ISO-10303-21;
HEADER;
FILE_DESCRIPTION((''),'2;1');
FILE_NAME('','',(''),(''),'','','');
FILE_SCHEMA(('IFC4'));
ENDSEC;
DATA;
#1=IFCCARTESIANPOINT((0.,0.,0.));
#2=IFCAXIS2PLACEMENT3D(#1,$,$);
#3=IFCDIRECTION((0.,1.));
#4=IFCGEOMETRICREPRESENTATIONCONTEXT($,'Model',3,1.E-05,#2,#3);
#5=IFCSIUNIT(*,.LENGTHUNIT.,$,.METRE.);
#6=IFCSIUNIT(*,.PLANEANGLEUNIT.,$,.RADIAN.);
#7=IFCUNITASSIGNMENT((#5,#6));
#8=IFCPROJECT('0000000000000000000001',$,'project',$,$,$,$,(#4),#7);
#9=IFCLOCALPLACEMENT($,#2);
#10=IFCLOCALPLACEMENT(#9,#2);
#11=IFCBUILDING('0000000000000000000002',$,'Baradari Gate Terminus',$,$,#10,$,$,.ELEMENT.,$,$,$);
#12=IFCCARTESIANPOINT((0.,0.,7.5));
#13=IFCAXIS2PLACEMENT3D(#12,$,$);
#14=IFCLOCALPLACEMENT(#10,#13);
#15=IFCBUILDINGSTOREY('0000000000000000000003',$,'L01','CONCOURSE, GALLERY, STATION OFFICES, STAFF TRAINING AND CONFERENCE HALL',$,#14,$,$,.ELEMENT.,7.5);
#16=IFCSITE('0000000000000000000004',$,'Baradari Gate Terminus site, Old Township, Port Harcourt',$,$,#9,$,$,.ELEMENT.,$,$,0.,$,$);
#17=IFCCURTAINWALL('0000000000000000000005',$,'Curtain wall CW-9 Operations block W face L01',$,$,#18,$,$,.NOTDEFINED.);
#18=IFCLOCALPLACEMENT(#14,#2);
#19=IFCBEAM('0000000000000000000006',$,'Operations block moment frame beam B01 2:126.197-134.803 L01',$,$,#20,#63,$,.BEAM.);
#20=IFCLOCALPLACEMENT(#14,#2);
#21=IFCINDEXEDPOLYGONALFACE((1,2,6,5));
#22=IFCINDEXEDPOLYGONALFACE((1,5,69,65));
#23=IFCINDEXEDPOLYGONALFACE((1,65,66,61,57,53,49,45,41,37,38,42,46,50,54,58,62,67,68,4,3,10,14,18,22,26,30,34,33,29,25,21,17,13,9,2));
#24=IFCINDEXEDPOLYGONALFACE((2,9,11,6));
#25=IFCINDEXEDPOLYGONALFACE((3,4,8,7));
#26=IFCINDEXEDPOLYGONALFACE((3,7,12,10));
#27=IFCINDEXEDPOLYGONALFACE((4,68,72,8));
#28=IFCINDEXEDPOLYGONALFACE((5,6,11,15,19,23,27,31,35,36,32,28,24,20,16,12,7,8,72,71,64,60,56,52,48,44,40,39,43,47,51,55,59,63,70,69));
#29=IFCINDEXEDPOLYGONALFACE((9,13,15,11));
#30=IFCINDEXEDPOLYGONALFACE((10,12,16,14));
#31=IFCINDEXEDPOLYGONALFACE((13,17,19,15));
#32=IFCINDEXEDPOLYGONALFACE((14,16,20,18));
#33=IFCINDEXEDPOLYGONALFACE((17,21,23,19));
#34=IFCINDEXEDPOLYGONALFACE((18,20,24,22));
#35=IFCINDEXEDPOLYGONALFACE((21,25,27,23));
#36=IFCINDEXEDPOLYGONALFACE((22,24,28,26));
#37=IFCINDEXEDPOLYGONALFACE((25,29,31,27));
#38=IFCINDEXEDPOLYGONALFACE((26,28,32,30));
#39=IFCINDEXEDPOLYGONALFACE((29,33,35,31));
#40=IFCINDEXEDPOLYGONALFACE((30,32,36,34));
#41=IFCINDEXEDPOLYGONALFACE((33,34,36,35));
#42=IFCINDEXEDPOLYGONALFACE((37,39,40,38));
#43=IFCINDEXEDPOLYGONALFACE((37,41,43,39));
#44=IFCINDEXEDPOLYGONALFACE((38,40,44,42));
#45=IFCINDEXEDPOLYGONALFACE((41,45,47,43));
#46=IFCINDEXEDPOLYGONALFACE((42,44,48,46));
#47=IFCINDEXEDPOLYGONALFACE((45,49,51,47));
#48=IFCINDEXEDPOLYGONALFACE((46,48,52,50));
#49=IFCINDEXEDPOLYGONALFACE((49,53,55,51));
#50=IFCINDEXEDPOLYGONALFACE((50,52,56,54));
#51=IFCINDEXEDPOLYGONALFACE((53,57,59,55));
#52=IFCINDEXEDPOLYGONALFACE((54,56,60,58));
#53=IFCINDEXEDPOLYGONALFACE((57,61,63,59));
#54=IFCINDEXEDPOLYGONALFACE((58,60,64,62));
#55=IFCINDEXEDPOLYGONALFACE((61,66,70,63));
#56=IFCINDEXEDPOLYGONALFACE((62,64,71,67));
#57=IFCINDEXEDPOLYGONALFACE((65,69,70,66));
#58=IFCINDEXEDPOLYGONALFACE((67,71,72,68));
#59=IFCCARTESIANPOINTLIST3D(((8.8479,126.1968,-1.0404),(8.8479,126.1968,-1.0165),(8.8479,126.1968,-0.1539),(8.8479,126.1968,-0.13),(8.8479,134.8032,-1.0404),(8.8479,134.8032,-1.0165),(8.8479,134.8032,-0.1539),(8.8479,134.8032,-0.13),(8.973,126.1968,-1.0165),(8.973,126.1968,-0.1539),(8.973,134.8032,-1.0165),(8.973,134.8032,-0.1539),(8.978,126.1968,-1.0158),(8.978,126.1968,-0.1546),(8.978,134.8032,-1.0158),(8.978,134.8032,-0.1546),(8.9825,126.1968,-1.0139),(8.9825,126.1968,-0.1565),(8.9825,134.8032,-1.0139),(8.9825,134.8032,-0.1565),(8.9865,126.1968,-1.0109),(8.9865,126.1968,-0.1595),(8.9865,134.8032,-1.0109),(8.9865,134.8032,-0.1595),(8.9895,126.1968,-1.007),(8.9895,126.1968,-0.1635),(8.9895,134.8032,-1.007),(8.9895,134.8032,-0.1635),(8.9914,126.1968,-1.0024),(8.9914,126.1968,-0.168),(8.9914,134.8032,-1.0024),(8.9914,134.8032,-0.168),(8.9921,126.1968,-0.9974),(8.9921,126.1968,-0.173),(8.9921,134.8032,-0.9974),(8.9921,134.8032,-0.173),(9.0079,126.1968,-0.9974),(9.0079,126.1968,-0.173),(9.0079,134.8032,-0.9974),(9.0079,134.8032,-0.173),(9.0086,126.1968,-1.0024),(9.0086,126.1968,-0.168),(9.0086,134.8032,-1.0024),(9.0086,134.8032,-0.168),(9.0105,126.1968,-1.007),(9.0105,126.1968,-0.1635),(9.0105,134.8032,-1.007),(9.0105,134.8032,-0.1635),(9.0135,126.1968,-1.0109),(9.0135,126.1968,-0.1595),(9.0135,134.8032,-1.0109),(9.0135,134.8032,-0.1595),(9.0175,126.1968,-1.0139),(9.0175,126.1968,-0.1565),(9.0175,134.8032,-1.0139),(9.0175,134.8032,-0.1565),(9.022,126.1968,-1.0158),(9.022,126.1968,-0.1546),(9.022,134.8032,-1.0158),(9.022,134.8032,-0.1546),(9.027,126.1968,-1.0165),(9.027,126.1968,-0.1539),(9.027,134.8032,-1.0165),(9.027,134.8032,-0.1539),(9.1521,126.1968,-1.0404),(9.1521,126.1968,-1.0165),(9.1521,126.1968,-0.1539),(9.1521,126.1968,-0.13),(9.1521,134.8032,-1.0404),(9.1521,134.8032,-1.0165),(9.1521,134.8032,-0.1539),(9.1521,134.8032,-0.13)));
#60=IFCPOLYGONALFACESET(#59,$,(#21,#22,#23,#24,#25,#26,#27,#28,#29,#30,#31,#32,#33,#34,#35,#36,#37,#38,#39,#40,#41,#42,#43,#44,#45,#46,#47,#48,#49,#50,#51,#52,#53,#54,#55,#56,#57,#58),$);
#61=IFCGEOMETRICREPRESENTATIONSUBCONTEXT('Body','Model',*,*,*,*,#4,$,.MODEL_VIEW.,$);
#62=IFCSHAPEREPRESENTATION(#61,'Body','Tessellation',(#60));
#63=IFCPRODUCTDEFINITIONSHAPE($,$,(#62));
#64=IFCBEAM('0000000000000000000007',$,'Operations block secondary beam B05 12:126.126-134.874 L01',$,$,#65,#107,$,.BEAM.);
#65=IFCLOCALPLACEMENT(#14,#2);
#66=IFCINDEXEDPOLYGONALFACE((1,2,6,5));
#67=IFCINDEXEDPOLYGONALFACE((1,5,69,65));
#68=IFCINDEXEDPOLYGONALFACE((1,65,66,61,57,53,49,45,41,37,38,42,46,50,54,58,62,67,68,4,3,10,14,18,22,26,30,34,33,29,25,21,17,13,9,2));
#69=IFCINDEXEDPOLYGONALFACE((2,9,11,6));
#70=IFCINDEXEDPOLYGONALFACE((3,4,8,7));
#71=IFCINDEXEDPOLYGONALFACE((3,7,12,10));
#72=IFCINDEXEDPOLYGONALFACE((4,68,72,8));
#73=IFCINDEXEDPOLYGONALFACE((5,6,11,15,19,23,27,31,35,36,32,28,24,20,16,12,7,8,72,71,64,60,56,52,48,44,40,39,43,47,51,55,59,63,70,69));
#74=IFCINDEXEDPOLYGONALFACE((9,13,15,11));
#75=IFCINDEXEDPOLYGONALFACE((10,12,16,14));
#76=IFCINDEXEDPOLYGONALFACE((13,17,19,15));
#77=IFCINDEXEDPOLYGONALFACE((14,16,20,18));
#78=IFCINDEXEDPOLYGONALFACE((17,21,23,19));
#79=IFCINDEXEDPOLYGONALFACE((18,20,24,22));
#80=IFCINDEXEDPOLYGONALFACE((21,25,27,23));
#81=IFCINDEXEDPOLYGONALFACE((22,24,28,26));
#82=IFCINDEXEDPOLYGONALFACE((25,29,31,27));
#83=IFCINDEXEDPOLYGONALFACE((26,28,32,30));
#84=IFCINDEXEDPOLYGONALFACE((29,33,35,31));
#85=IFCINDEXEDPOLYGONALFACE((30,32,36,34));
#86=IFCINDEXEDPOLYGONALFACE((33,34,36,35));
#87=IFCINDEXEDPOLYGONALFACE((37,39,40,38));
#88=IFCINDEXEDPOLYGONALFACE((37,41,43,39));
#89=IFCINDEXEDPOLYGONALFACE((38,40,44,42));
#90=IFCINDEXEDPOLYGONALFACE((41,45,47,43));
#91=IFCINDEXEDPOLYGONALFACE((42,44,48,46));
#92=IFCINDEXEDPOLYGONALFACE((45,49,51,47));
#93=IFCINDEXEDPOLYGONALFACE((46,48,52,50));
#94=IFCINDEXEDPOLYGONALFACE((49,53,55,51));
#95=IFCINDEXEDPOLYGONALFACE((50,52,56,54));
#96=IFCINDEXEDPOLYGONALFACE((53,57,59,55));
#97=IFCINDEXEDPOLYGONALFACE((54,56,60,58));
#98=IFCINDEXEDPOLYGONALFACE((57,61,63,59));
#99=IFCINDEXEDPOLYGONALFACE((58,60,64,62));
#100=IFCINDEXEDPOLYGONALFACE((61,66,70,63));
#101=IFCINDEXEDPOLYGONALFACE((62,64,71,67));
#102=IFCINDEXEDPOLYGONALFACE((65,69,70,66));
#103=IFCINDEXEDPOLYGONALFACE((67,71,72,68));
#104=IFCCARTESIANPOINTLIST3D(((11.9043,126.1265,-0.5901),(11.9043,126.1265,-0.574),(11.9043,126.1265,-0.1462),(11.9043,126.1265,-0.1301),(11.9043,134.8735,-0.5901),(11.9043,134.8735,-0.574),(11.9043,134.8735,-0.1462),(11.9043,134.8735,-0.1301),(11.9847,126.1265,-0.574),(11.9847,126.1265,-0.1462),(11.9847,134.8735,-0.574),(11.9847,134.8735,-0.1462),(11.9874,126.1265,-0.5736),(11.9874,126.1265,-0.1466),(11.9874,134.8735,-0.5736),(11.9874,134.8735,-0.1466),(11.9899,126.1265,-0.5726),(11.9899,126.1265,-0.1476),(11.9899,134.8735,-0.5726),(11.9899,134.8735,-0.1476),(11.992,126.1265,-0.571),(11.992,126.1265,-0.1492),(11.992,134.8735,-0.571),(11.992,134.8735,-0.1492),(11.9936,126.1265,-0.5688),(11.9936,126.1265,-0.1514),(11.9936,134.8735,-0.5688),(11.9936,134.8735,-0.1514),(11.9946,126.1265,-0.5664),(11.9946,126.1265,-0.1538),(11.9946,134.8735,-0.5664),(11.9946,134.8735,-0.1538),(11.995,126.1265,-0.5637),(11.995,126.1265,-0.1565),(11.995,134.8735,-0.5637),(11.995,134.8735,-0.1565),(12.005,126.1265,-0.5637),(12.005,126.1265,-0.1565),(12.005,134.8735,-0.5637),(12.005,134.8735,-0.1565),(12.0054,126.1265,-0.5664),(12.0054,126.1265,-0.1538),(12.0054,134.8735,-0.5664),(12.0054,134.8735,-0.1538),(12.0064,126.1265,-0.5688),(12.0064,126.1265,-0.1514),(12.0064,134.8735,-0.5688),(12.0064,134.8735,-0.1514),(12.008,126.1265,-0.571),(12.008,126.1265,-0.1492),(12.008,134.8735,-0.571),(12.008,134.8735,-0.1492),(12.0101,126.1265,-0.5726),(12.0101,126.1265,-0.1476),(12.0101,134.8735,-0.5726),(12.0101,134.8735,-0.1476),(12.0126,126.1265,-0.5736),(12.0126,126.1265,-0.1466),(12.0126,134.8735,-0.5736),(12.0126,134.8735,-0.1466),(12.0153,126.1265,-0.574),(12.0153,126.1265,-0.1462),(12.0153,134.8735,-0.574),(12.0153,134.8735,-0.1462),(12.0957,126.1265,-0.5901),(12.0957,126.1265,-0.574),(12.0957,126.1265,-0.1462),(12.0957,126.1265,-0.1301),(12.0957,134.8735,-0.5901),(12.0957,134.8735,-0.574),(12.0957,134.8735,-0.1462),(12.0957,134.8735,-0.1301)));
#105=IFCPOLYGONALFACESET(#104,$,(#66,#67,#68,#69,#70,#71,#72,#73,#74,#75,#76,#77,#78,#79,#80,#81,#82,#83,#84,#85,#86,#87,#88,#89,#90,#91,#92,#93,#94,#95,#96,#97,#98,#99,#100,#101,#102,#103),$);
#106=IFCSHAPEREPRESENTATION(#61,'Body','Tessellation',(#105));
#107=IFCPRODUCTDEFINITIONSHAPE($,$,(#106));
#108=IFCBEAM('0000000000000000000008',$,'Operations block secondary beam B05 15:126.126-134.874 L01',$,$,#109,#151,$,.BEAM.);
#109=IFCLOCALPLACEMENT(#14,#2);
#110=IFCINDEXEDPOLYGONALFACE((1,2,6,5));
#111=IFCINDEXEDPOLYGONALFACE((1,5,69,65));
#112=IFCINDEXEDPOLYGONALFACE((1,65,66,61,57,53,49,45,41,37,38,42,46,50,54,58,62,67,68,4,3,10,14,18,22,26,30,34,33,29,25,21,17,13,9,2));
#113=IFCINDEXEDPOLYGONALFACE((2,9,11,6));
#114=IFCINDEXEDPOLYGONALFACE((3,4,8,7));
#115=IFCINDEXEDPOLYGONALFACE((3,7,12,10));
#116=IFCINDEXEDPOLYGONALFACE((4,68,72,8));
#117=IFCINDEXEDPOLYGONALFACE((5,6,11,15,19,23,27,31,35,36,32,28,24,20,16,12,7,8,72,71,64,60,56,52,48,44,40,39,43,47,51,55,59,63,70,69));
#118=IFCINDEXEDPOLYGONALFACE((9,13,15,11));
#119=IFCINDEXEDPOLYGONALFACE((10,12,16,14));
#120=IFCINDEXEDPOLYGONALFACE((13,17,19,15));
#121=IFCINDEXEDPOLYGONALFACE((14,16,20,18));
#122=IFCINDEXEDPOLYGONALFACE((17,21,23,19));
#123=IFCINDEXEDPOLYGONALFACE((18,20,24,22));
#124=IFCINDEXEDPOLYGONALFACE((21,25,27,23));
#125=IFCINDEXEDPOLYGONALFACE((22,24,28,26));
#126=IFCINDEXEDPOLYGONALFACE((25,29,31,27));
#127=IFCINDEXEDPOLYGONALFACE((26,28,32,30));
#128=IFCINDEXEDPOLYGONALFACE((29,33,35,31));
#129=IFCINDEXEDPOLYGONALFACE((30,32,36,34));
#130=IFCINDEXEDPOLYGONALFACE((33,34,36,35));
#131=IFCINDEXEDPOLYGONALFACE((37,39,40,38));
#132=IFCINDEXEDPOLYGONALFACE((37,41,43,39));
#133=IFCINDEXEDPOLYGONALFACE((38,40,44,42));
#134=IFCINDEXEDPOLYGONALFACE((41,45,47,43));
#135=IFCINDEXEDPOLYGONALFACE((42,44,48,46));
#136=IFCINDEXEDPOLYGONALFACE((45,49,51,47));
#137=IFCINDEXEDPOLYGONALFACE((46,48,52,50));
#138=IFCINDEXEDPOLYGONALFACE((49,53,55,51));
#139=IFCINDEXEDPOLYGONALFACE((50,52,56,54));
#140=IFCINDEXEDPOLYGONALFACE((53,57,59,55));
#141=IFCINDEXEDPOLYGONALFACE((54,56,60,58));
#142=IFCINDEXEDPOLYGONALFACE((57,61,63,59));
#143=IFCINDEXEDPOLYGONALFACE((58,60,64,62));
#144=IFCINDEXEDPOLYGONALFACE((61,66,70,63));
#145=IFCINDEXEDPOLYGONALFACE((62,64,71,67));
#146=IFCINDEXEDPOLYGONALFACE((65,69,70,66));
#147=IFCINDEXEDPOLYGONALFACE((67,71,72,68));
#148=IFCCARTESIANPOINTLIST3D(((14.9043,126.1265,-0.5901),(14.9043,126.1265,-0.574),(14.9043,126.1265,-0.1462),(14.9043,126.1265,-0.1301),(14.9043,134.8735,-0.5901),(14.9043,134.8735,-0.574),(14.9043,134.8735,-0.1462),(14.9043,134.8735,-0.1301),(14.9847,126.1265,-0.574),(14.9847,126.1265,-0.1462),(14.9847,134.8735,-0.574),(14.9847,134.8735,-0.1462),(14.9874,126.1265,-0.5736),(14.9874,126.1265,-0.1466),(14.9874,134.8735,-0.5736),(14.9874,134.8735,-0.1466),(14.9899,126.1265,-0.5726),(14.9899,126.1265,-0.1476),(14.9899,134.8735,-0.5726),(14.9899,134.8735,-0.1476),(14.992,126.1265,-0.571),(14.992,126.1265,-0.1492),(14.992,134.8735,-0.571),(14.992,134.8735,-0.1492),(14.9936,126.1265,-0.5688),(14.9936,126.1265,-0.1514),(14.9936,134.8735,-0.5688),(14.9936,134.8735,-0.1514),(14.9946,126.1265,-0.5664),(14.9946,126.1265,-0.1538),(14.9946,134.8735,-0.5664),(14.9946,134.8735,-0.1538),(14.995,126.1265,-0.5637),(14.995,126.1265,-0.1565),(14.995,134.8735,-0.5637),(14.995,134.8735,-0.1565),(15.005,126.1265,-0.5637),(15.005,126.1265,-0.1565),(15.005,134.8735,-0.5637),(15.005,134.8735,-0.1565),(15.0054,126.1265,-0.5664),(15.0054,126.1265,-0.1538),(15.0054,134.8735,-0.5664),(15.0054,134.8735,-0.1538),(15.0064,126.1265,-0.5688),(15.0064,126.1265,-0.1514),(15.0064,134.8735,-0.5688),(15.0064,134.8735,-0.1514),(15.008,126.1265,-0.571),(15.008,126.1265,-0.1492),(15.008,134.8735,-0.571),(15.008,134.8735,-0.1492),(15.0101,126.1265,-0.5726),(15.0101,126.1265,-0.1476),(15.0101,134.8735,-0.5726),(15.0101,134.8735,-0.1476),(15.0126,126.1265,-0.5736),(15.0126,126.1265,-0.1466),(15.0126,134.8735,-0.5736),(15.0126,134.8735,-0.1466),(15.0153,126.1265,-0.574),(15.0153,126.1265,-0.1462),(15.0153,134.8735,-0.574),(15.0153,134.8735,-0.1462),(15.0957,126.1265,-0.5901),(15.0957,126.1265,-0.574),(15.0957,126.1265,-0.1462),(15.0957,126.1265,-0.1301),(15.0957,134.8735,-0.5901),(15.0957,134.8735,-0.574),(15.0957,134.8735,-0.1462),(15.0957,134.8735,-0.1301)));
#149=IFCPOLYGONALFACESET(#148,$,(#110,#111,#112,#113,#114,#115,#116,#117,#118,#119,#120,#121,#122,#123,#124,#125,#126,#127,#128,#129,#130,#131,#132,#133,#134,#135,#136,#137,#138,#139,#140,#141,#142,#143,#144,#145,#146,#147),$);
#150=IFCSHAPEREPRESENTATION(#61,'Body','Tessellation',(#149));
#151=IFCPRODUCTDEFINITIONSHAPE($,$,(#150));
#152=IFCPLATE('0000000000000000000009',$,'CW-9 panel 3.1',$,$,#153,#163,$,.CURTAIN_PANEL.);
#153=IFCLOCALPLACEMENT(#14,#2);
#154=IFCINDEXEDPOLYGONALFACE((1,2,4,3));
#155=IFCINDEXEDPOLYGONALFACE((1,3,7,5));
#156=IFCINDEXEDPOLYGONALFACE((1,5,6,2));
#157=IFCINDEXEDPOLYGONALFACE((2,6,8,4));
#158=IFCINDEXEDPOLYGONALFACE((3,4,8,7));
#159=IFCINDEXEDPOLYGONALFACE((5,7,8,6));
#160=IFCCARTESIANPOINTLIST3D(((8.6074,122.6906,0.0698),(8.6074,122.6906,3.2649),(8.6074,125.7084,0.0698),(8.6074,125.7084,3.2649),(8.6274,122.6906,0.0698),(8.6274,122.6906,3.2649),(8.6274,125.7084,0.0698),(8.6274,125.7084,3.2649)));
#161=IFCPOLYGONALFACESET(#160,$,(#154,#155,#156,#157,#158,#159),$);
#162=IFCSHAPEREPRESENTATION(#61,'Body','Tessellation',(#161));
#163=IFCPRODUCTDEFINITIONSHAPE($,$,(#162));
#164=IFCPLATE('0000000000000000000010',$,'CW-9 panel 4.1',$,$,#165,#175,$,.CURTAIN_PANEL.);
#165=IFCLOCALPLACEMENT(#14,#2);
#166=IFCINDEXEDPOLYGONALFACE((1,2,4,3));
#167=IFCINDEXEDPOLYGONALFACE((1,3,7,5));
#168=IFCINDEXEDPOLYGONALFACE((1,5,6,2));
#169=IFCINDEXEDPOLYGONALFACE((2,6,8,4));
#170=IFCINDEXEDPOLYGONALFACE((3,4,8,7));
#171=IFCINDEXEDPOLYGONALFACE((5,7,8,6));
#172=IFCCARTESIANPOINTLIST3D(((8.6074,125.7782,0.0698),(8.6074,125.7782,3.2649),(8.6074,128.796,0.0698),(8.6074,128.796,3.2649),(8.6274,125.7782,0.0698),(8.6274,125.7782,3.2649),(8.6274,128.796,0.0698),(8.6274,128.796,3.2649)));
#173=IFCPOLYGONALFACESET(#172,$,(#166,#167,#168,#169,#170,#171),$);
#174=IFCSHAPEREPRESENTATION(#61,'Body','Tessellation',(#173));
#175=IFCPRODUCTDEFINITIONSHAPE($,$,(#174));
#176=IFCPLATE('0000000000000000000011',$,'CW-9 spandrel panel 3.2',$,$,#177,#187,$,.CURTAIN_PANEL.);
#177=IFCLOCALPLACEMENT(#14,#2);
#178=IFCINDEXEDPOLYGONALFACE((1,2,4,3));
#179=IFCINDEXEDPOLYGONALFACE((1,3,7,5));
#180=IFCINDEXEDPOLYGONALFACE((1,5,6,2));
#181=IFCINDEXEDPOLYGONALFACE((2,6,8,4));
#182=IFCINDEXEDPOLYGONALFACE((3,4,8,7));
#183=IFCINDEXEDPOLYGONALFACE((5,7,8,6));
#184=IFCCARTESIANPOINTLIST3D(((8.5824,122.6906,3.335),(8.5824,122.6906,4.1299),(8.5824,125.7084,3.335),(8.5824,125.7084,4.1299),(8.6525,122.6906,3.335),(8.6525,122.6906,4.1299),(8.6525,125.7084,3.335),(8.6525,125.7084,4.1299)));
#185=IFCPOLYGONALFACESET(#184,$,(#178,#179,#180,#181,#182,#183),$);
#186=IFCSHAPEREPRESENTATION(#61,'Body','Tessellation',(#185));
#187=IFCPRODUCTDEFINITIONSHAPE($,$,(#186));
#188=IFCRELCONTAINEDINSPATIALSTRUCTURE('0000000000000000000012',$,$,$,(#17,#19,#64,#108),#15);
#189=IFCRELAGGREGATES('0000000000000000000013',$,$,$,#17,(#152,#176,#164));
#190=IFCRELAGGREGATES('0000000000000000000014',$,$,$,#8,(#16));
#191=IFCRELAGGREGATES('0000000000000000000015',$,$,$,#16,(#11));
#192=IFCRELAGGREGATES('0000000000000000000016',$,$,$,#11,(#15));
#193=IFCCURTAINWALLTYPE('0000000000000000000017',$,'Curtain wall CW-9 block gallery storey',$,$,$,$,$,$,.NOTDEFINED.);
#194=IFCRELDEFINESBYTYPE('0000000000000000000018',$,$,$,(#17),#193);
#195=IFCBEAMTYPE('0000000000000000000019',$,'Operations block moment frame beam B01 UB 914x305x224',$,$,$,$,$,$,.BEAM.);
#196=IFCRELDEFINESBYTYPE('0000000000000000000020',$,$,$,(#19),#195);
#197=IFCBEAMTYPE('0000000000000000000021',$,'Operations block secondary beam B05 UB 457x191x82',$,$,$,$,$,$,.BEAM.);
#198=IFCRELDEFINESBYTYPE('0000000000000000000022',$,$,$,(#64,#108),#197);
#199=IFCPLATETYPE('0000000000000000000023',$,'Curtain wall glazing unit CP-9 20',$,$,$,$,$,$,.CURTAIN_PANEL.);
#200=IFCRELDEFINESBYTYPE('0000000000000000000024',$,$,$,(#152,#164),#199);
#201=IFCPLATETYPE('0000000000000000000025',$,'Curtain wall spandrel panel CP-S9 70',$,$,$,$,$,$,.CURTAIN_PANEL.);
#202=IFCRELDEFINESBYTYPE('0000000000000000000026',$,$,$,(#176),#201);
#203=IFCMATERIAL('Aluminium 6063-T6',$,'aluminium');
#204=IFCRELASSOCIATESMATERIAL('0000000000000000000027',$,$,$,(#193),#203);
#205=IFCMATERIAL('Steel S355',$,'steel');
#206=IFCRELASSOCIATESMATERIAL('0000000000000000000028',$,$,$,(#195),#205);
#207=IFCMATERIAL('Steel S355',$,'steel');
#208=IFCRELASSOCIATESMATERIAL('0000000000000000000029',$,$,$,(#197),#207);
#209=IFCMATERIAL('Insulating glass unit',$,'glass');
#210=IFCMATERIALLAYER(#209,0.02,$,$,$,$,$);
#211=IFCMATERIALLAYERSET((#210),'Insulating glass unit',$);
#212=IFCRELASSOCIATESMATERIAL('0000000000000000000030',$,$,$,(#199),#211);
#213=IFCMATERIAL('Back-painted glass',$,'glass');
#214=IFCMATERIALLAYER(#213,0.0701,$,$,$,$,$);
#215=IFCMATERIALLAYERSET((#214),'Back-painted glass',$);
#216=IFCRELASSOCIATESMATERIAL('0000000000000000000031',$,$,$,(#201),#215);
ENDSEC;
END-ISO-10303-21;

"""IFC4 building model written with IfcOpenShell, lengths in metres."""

from ifc_helpers import new_model, si_unit, direction, frame, origin, origin_2d, place, context, subcontext, project, spatial, rectangle, i_section, extrude, material, layer, layer_set, material_profile, profile_set, type_object, element, aggregate, save


model = new_model("IFC4")

# Units and contexts
model_context = context("Model", 3, precision=1e-05, world=origin(), true_north=direction((0.0, 1.0)))
body_context = subcontext(model_context, "Body", "Model", "MODEL_VIEW")
ifc_project = project(units=[si_unit("LENGTHUNIT", "METRE"), si_unit("PLANEANGLEUNIT", "RADIAN")], contexts=[model_context])

# Site, building, storey
site_placement = place(None, origin())
site = spatial("IfcSite", under=ifc_project, at=site_placement, Name="Baradari Gate Terminus site, Old Township, Port Harcourt", CompositionType="ELEMENT", RefElevation=0.0)
building_placement = place(site_placement, origin())
building = spatial("IfcBuilding", under=site, at=building_placement, Name="Baradari Gate Terminus", CompositionType="ELEMENT")
storey_placement = place(building_placement, frame((0.0, 0.0, 7.5)))
storey = spatial("IfcBuildingStorey", under=building, at=storey_placement, Name="L01", Description="CONCOURSE, GALLERY, STATION OFFICES, STAFF TRAINING AND CONFERENCE HALL", CompositionType="ELEMENT", Elevation=7.5)

# Curtain wall
ifc_material_1 = material(Name="Aluminium 6063-T6", Category="aluminium")
curtain_wall_type = type_object("IfcCurtainWallType", Name="Curtain wall CW-9 block gallery storey", PredefinedType="NOTDEFINED", material=ifc_material_1)
curtain_wall_placement = place(storey_placement, origin())
curtain_wall = element("IfcCurtainWall", 1, at=curtain_wall_placement, inside=storey, type_object=curtain_wall_type, Name="Curtain wall CW-9 Operations block W face L01", PredefinedType="NOTDEFINED")

# Beams
ifc_material_2 = material(Name="Steel S355", Category="steel")
ifc_material_profile_1 = material_profile(ifc_material_2, i_section(OverallWidth=0.3042, OverallDepth=0.9104, WebThickness=0.0159, FlangeThickness=0.0239, FilletRadius=0.019, at=origin_2d()), Name="UB 914x305x224")
ifc_profile_set_1 = profile_set([ifc_material_profile_1], Name="Steel S355")
beam_type_1 = type_object("IfcBeamType", Name="Operations block moment frame beam B01 UB 914x305x224", PredefinedType="BEAM", material=ifc_profile_set_1)
beam_1_placement = place(storey_placement, frame((9.0, 126.1968, -0.5852), z_axis=(0.0, 1.0, 0.0), x_axis=(-1.0, 0.0, 0.0)))
element("IfcBeam", 2, at=beam_1_placement, inside=storey, type_object=beam_type_1, Name="Operations block moment frame beam B01 2:126.197-134.803 L01", PredefinedType="BEAM", context=body_context, shape_type="SweptSolid", body=[
    extrude(i_section(OverallWidth=0.3042, OverallDepth=0.9104, WebThickness=0.0159, FlangeThickness=0.0239, FilletRadius=0.019, at=origin_2d()), origin(), (0.0, 0.0, 1.0), 8.6064),
])
ifc_material_3 = material(Name="Steel S355", Category="steel")
ifc_material_profile_2 = material_profile(ifc_material_3, i_section(OverallWidth=0.1914, OverallDepth=0.46, WebThickness=0.01, FlangeThickness=0.0161, FilletRadius=0.0103, at=origin_2d()), Name="UB 457x191x82")
ifc_profile_set_2 = profile_set([ifc_material_profile_2], Name="Steel S355")
beam_type_2 = type_object("IfcBeamType", Name="Operations block secondary beam B05 UB 457x191x82", PredefinedType="BEAM", material=ifc_profile_set_2)
for number, where, z_axis, x_axis, name in (
    (3, (12.0, 126.1265, -0.3601), (0.0, 1.0, 0.0), (-1.0, 0.0, 0.0), "Operations block secondary beam B05 12:126.126-134.874 L01"),
    (4, (15.0, 126.1265, -0.3601), (0.0, 1.0, 0.0), (-1.0, 0.0, 0.0), "Operations block secondary beam B05 15:126.126-134.874 L01"),
):
    element("IfcBeam", number, at=place(storey_placement, frame(where, z_axis=z_axis, x_axis=x_axis)), inside=storey, type_object=beam_type_2, Name=name, PredefinedType="BEAM", context=body_context, shape_type="SweptSolid", body=[
        extrude(i_section(OverallWidth=0.1914, OverallDepth=0.46, WebThickness=0.01, FlangeThickness=0.0161, FilletRadius=0.0103, at=origin_2d()), origin(), (0.0, 0.0, 1.0), 8.7471),
    ])

# Plates
ifc_material_4 = material(Name="Insulating glass unit", Category="glass")
ifc_layer_1 = layer(ifc_material_4, 0.02)
ifc_layer_set_1 = layer_set([ifc_layer_1], Name="Insulating glass unit")
plate_type_1 = type_object("IfcPlateType", Name="Curtain wall glazing unit CP-9 20", PredefinedType="CURTAIN_PANEL", material=ifc_layer_set_1)
plate_1_placement = place(storey_placement, frame((8.6174, 124.1995, 0.0698), z_axis=(0.0, 0.0, 1.0), x_axis=(0.0, 1.0, 0.0)))
plate_1 = element("IfcPlate", 5, at=plate_1_placement, type_object=plate_type_1, Name="CW-9 panel 3.1", PredefinedType="CURTAIN_PANEL", context=body_context, shape_type="SweptSolid", body=[
    extrude(rectangle(XDim=3.0178, YDim=0.02, at=origin_2d()), origin(), (0.0, 0.0, 1.0), 3.1951),
])
plate_2_placement = place(storey_placement, frame((8.6174, 127.2871, 0.0698), z_axis=(0.0, 0.0, 1.0), x_axis=(0.0, 1.0, 0.0)))
plate_2 = element("IfcPlate", 6, at=plate_2_placement, type_object=plate_type_1, Name="CW-9 panel 4.1", PredefinedType="CURTAIN_PANEL", context=body_context, shape_type="SweptSolid", body=[
    extrude(rectangle(XDim=3.0178, YDim=0.02, at=origin_2d()), origin(), (0.0, 0.0, 1.0), 3.1951),
])
ifc_material_5 = material(Name="Back-painted glass", Category="glass")
ifc_layer_2 = layer(ifc_material_5, 0.0701)
ifc_layer_set_2 = layer_set([ifc_layer_2], Name="Back-painted glass")
plate_type_2 = type_object("IfcPlateType", Name="Curtain wall spandrel panel CP-S9 70", PredefinedType="CURTAIN_PANEL", material=ifc_layer_set_2)
plate_3_placement = place(storey_placement, frame((8.6174, 124.1995, 3.335), z_axis=(0.0, 0.0, 1.0), x_axis=(0.0, 1.0, 0.0)))
plate_3 = element("IfcPlate", 7, at=plate_3_placement, type_object=plate_type_2, Name="CW-9 spandrel panel 3.2", PredefinedType="CURTAIN_PANEL", context=body_context, shape_type="SweptSolid", body=[
    extrude(rectangle(XDim=3.0178, YDim=0.0701, at=origin_2d()), origin(), (0.0, 0.0, 1.0), 0.7949),
])
aggregate(curtain_wall, [plate_1, plate_3, plate_2])

save(model, "model.ifc")
